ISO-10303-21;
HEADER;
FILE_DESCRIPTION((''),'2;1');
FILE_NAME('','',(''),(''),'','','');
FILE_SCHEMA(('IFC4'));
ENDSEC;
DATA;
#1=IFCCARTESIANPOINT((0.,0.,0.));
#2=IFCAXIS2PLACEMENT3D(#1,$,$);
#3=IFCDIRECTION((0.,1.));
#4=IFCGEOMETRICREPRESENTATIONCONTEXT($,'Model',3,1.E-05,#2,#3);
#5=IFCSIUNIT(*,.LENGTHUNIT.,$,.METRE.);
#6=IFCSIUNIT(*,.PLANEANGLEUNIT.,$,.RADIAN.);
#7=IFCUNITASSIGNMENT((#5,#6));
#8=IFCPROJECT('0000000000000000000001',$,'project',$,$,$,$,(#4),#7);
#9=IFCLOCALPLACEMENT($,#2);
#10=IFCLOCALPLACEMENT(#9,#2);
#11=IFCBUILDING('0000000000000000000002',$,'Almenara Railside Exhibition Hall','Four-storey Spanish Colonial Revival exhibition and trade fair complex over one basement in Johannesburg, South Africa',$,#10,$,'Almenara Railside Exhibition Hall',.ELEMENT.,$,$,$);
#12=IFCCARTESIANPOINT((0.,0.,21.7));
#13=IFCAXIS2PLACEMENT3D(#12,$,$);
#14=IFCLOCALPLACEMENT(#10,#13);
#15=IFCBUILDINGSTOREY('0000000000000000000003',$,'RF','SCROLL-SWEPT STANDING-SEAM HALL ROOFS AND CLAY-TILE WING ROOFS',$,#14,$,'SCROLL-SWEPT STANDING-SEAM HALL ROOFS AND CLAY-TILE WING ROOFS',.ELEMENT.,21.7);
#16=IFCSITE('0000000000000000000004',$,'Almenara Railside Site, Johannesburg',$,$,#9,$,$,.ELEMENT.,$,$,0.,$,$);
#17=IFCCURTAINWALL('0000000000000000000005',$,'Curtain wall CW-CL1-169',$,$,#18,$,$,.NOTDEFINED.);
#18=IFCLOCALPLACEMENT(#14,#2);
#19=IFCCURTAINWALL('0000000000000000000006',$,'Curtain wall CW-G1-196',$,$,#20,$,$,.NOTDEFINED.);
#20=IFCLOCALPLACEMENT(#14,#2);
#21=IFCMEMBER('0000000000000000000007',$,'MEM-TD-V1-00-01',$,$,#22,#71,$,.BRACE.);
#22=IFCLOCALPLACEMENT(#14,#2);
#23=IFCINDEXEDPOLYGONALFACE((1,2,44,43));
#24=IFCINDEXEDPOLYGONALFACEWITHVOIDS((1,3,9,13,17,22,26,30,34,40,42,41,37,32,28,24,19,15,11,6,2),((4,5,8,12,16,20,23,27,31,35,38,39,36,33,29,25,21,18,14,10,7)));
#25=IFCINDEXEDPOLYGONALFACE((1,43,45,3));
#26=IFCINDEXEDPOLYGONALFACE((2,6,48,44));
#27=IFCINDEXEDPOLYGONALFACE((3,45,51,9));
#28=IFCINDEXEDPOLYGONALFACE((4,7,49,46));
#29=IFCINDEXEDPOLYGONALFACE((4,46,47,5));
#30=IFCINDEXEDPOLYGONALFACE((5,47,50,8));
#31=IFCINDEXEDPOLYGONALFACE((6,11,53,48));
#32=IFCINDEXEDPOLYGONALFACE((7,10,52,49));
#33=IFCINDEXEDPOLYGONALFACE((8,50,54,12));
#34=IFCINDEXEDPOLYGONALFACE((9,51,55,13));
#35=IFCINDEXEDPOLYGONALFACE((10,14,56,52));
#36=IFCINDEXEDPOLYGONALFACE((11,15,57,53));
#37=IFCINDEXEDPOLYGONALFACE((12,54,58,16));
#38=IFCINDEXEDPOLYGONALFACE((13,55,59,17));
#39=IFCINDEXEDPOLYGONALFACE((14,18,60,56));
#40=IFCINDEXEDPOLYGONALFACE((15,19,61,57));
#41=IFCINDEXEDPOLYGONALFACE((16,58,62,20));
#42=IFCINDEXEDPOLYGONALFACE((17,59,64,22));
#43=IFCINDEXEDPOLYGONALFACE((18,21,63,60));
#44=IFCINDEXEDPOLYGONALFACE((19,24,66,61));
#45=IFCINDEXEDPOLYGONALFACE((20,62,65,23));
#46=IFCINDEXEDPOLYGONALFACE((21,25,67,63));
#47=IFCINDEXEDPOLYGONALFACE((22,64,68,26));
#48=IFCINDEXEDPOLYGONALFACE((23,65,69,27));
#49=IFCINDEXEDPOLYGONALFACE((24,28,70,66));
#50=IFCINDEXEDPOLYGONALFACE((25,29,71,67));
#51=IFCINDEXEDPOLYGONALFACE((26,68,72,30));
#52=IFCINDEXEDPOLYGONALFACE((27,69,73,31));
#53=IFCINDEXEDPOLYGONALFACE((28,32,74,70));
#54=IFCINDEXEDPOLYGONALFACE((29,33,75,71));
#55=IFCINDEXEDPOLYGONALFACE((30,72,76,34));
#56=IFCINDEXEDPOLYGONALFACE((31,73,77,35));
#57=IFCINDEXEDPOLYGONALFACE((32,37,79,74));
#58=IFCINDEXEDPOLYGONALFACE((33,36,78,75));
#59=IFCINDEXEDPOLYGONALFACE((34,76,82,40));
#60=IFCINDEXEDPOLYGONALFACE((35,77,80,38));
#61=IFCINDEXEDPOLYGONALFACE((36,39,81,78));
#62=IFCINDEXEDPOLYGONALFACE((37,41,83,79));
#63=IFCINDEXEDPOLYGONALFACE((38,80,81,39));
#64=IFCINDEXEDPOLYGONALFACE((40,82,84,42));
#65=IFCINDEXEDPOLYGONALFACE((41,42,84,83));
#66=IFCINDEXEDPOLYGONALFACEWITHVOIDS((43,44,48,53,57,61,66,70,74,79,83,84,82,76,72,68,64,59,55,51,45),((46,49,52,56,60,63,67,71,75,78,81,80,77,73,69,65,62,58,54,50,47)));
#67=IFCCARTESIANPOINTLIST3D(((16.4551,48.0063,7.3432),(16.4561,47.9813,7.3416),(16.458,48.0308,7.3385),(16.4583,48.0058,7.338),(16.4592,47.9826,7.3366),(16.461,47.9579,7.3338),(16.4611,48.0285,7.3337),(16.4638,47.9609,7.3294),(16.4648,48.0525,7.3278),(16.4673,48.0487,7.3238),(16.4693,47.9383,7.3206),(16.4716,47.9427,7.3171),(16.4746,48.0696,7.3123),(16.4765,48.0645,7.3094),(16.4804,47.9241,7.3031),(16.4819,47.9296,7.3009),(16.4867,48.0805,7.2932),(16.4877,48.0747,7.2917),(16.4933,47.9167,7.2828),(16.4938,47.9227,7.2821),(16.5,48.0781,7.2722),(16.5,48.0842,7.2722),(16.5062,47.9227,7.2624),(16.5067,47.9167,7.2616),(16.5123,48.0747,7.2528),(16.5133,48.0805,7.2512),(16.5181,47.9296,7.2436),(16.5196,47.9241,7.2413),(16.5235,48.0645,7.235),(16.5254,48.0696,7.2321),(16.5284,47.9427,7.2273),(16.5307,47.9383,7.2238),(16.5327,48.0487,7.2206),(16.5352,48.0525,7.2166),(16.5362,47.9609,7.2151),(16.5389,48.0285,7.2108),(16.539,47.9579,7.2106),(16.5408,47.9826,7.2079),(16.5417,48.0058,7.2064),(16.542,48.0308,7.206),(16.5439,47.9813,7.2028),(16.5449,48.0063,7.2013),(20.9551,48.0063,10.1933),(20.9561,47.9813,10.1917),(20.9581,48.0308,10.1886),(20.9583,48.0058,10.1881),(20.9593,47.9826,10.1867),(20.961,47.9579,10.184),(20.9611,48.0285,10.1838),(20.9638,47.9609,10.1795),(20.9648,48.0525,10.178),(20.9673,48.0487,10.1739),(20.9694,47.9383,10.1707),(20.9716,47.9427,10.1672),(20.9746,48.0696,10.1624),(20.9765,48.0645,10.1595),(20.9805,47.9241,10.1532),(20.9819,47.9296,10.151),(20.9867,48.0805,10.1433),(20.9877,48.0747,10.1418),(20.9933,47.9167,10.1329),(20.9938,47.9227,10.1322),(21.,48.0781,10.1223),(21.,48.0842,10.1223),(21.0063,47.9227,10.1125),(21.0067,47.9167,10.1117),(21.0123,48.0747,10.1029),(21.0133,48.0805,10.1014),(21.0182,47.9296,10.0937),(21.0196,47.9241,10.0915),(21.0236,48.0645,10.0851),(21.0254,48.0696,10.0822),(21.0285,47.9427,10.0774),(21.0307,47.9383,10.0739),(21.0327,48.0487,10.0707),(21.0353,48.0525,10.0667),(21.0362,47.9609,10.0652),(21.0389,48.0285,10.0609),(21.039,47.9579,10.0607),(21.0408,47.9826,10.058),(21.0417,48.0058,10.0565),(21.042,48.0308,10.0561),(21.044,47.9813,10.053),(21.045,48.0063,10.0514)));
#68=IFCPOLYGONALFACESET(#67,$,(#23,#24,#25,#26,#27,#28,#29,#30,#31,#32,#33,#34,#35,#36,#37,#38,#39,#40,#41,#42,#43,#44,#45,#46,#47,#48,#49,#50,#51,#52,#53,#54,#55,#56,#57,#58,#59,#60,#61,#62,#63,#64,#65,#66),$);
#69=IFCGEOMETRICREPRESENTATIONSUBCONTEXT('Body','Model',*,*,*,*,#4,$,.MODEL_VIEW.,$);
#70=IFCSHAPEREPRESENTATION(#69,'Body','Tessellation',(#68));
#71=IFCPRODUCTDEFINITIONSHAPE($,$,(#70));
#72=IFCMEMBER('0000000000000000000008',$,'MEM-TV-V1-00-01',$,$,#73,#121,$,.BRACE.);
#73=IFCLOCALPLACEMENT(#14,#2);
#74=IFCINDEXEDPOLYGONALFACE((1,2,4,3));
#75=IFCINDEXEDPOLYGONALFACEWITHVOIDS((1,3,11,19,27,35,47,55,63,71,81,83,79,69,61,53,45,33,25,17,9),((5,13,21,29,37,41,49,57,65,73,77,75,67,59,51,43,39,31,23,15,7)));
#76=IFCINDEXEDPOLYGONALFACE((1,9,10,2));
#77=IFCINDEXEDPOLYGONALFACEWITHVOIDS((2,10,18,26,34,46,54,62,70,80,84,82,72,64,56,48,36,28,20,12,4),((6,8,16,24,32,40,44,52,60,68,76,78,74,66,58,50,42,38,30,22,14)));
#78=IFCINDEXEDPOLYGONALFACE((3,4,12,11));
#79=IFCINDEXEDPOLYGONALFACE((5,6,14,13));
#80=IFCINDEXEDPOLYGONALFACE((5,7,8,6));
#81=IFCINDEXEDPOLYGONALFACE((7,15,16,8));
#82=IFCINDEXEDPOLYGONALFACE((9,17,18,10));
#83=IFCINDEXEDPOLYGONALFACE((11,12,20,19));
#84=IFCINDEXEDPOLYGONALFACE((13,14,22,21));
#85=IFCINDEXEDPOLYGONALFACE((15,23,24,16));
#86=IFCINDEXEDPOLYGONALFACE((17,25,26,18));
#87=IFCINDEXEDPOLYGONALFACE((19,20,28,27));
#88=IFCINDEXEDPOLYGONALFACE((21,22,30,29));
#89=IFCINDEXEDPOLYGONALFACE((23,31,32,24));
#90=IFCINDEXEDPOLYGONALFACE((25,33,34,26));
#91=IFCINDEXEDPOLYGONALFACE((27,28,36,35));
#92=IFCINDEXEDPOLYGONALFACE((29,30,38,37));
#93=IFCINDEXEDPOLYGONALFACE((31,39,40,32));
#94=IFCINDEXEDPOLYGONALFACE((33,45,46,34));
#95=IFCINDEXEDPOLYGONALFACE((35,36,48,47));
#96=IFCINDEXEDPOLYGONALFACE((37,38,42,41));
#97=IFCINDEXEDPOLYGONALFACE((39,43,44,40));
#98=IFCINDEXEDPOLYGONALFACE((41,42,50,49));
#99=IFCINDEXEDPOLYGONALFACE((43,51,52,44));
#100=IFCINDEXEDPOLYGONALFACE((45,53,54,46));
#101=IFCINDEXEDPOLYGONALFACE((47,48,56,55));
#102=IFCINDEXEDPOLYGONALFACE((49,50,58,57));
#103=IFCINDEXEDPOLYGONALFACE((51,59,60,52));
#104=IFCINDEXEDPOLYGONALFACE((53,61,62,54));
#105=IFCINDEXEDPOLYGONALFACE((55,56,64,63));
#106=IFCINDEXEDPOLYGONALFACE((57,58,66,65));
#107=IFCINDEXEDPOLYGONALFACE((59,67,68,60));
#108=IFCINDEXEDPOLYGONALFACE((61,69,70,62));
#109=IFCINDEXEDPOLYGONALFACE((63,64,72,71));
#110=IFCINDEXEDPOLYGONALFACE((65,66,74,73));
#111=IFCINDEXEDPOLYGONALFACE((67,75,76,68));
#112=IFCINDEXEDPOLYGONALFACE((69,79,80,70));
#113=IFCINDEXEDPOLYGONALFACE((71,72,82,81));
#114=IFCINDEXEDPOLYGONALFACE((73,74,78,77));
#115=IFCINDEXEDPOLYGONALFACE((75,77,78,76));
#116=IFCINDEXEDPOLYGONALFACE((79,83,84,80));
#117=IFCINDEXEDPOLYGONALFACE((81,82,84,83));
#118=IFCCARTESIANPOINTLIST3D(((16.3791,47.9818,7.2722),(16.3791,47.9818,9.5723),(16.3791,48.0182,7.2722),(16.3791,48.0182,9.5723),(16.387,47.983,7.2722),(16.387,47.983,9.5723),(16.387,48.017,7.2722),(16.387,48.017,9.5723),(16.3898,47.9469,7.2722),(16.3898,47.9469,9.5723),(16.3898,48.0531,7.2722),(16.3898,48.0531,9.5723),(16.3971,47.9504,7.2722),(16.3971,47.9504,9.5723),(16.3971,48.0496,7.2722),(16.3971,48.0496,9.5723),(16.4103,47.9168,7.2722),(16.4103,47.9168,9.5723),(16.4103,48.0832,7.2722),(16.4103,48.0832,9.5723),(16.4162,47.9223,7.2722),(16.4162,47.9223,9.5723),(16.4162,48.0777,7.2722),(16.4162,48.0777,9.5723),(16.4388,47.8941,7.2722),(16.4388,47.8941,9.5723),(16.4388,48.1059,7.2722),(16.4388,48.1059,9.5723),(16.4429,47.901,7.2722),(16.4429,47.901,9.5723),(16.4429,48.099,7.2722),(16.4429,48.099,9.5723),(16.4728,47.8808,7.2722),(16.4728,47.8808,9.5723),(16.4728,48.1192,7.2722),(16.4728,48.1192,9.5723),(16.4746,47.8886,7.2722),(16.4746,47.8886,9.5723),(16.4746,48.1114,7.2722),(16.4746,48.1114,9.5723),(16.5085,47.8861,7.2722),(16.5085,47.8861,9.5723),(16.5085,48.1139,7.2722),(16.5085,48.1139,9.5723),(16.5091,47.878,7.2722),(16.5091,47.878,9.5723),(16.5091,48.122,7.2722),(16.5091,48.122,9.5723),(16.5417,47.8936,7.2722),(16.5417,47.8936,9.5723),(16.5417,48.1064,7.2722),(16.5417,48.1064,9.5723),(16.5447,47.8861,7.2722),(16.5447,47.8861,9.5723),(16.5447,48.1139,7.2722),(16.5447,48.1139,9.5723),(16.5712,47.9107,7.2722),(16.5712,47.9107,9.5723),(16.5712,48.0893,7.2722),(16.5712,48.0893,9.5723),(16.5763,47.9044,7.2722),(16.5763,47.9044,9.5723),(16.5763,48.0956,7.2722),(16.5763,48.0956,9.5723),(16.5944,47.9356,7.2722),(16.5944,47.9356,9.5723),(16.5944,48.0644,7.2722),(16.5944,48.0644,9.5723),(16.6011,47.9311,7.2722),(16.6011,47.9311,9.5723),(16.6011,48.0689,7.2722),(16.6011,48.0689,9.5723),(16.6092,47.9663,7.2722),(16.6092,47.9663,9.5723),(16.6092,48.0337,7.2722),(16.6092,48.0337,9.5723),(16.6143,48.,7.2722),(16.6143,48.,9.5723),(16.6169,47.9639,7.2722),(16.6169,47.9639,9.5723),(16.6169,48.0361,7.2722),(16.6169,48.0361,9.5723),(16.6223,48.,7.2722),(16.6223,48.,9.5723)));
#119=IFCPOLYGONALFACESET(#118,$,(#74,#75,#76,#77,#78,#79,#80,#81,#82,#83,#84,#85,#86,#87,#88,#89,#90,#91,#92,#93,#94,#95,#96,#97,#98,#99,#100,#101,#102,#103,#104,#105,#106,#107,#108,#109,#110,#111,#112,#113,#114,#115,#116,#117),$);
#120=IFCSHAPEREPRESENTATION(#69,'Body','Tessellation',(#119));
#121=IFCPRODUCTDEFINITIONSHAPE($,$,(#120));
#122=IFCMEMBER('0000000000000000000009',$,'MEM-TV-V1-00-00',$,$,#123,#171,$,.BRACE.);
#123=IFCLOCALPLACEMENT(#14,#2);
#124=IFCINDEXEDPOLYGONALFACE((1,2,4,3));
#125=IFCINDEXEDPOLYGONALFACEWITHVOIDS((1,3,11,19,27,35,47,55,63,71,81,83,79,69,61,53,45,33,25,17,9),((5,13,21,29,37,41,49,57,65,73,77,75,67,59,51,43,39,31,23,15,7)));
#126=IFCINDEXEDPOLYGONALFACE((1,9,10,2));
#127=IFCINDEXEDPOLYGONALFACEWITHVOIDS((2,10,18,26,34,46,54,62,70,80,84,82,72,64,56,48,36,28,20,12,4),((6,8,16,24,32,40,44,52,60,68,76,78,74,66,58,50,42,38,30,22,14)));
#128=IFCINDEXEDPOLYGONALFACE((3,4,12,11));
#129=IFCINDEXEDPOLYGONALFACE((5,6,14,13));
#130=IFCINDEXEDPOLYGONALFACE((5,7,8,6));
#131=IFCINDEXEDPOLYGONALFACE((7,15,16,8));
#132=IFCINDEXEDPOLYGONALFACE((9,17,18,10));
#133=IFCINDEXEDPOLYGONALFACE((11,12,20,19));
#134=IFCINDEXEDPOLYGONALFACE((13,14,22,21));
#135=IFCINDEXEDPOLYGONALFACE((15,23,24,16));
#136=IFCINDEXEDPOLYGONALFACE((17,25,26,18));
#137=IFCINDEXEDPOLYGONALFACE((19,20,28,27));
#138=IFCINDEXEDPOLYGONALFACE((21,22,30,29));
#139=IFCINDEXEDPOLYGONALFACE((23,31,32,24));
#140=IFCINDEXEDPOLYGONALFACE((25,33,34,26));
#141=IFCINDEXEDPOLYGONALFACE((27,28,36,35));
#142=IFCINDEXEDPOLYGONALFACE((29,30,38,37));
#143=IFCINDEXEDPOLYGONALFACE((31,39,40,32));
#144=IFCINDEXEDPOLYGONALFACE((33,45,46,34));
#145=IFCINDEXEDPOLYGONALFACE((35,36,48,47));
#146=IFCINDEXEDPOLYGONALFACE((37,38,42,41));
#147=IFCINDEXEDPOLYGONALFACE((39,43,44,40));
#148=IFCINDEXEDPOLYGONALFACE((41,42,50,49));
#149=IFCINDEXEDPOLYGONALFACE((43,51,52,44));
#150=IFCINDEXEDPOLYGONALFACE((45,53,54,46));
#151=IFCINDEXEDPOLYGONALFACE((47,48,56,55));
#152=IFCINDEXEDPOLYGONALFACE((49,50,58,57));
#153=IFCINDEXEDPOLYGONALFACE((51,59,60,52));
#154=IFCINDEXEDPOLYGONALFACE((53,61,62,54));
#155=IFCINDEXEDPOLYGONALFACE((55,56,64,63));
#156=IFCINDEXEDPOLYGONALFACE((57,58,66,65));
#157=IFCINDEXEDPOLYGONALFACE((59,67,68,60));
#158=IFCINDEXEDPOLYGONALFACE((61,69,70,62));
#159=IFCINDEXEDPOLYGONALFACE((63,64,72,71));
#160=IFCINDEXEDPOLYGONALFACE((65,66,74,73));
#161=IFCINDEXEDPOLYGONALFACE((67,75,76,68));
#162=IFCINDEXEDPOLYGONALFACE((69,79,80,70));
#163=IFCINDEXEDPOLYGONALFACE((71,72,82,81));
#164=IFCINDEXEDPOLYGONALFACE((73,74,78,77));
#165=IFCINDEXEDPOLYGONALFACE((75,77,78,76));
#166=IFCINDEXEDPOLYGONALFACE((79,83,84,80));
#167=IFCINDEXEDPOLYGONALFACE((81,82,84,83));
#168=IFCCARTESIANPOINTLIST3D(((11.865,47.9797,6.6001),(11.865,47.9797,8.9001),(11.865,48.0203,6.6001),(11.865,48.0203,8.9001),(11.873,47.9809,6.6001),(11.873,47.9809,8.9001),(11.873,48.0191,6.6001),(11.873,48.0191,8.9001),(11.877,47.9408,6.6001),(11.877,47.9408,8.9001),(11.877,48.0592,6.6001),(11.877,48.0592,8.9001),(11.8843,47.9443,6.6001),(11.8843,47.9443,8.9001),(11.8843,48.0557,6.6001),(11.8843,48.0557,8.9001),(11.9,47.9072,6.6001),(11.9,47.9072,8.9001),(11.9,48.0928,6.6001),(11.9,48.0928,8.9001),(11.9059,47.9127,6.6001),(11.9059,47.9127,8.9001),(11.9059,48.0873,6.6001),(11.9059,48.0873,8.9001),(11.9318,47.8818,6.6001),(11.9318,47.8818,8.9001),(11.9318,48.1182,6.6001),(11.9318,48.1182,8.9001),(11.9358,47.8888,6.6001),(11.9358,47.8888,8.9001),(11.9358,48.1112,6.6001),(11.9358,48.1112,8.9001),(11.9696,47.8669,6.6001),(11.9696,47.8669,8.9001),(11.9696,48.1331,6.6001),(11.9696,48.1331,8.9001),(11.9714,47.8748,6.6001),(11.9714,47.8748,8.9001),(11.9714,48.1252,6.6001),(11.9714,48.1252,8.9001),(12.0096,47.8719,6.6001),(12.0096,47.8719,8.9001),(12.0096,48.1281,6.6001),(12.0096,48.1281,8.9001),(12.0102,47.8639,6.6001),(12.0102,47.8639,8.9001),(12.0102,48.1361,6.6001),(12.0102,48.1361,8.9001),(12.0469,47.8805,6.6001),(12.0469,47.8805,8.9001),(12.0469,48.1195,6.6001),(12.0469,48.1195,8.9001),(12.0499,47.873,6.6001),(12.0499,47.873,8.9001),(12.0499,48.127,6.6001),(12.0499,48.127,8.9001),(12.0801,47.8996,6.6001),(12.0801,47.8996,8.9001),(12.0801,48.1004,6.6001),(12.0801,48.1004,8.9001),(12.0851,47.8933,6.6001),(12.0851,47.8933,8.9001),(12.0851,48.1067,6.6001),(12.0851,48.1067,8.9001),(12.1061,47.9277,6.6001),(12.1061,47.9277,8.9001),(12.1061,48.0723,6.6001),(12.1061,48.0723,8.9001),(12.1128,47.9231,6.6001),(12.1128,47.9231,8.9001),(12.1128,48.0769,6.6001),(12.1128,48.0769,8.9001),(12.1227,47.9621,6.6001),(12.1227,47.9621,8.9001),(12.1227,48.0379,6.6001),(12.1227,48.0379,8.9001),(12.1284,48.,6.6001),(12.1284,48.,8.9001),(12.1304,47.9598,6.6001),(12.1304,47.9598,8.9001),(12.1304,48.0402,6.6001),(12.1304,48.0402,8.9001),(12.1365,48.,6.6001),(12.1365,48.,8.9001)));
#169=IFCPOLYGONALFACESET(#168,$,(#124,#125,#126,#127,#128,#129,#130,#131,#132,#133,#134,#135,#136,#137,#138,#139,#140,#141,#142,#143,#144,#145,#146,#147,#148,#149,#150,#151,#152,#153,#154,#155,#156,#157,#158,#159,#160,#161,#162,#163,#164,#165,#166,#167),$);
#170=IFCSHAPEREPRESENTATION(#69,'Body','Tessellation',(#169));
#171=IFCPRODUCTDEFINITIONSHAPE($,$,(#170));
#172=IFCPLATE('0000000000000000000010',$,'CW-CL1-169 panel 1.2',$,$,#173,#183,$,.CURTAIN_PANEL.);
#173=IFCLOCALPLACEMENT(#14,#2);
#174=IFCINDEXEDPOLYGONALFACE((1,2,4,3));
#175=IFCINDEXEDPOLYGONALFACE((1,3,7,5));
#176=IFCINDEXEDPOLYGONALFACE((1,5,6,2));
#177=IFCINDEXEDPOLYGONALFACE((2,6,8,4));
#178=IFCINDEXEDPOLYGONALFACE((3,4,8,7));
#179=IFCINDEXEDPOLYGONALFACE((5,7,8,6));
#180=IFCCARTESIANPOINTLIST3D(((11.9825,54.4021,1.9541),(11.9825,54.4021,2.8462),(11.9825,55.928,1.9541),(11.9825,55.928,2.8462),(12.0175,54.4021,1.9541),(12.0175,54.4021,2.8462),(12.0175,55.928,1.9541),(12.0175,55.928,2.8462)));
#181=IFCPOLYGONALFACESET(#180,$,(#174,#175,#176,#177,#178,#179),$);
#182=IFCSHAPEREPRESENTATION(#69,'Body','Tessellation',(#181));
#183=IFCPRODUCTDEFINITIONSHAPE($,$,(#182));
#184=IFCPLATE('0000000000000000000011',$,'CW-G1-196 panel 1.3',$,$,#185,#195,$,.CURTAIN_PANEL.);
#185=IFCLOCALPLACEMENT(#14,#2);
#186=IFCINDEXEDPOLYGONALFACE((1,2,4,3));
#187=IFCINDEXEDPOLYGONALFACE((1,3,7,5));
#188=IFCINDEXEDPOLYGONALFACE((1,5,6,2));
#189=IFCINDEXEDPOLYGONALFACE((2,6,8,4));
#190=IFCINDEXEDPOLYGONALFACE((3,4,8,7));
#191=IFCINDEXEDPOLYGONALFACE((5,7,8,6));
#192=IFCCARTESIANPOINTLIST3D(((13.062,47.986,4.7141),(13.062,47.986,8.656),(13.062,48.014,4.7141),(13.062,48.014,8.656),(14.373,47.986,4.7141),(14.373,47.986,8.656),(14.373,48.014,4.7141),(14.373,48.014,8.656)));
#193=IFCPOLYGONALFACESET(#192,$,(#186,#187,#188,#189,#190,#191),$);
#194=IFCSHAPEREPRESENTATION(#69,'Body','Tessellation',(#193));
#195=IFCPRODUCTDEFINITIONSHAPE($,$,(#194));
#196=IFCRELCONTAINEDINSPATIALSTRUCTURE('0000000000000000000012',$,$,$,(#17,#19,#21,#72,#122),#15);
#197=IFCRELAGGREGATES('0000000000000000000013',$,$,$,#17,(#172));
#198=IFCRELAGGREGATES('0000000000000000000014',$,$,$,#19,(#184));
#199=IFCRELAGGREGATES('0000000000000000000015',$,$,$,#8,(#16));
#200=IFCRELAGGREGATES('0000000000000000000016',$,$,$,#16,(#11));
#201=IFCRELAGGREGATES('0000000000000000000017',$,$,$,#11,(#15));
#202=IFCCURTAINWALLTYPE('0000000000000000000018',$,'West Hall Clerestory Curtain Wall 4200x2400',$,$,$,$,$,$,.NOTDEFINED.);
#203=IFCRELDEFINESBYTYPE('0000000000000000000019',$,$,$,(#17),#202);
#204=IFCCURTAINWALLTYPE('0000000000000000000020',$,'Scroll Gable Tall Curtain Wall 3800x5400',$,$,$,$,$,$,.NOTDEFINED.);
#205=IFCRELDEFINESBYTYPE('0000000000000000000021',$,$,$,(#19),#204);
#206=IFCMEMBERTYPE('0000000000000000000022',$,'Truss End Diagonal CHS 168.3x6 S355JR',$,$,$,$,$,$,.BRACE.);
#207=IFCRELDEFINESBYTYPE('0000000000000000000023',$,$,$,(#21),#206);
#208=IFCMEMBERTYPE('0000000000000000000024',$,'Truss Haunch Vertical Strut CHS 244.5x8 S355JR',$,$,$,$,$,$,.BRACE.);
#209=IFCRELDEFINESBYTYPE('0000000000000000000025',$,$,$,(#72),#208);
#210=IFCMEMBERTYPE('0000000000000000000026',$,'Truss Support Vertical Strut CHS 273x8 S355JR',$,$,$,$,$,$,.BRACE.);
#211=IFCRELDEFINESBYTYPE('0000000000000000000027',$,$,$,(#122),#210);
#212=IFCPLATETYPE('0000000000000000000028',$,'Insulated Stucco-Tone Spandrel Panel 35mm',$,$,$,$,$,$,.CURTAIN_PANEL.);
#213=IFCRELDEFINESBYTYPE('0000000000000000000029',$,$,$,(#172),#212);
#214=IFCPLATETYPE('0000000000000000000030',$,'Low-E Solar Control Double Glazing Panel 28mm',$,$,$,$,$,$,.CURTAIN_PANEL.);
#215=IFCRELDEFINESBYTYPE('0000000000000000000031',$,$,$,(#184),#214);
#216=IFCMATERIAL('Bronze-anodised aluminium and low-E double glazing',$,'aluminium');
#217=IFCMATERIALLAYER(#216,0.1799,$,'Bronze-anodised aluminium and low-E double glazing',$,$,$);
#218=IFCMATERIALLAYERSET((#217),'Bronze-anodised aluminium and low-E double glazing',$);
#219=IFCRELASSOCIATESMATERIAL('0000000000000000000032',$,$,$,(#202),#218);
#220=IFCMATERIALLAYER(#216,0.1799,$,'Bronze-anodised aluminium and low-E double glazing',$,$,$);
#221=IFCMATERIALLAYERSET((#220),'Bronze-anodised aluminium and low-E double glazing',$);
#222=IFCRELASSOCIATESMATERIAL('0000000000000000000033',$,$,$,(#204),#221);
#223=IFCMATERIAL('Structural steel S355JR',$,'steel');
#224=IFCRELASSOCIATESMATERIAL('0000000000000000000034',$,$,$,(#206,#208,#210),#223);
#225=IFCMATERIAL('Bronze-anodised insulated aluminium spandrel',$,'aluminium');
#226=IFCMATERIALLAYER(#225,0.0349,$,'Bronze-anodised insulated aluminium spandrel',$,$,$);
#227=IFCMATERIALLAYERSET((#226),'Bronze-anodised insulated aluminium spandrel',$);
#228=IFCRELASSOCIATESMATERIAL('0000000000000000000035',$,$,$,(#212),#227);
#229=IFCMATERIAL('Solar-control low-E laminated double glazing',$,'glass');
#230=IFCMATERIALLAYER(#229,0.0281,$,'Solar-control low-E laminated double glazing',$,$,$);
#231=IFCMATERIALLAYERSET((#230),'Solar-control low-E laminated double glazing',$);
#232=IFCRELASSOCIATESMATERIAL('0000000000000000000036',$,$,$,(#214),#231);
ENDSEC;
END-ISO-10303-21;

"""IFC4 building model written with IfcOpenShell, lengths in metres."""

from ifc_helpers import new_model, si_unit, direction, frame, origin, origin_2d, place, context, subcontext, project, spatial, rectangle, hollow_circle, extrude, material, layer, layer_set, material_profile, profile_set, type_object, element, aggregate, save


model = new_model("IFC4")

# Units and contexts
model_context = context("Model", 3, precision=1e-05, world=origin(), true_north=direction((0.0, 1.0)))
body_context = subcontext(model_context, "Body", "Model", "MODEL_VIEW")
ifc_project = project(units=[si_unit("LENGTHUNIT", "METRE"), si_unit("PLANEANGLEUNIT", "RADIAN")], contexts=[model_context])

# Site, building, storey
site_placement = place(None, origin())
site = spatial("IfcSite", under=ifc_project, at=site_placement, Name="Almenara Railside Site, Johannesburg", CompositionType="ELEMENT", RefElevation=0.0)
building_placement = place(site_placement, origin())
building = spatial("IfcBuilding", under=site, at=building_placement, Name="Almenara Railside Exhibition Hall", Description="Four-storey Spanish Colonial Revival exhibition and trade fair complex over one basement in Johannesburg, South Africa", LongName="Almenara Railside Exhibition Hall", CompositionType="ELEMENT")
storey_placement = place(building_placement, frame((0.0, 0.0, 21.7)))
storey = spatial("IfcBuildingStorey", under=building, at=storey_placement, Name="RF", Description="SCROLL-SWEPT STANDING-SEAM HALL ROOFS AND CLAY-TILE WING ROOFS", LongName="SCROLL-SWEPT STANDING-SEAM HALL ROOFS AND CLAY-TILE WING ROOFS", CompositionType="ELEMENT", Elevation=21.7)

# Shared definitions
ifc_material_1 = material(Name="Structural steel S355JR", Category="steel")

# Curtain walls
ifc_material_2 = material(Name="Bronze-anodised aluminium and low-E double glazing", Category="aluminium")
ifc_layer_1 = layer(ifc_material_2, 0.1799, Name="Bronze-anodised aluminium and low-E double glazing")
ifc_layer_set_1 = layer_set([ifc_layer_1], Name="Bronze-anodised aluminium and low-E double glazing")
curtain_wall_type_1 = type_object("IfcCurtainWallType", Name="West Hall Clerestory Curtain Wall 4200x2400", PredefinedType="NOTDEFINED", material=ifc_layer_set_1)
curtain_wall_1_placement = place(storey_placement, origin())
curtain_wall_1 = element("IfcCurtainWall", 1, at=curtain_wall_1_placement, inside=storey, type_object=curtain_wall_type_1, Name="Curtain wall CW-CL1-169", PredefinedType="NOTDEFINED")
ifc_layer_2 = layer(ifc_material_2, 0.1799, Name="Bronze-anodised aluminium and low-E double glazing")
ifc_layer_set_2 = layer_set([ifc_layer_2], Name="Bronze-anodised aluminium and low-E double glazing")
curtain_wall_type_2 = type_object("IfcCurtainWallType", Name="Scroll Gable Tall Curtain Wall 3800x5400", PredefinedType="NOTDEFINED", material=ifc_layer_set_2)
curtain_wall_2_placement = place(storey_placement, origin())
curtain_wall_2 = element("IfcCurtainWall", 2, at=curtain_wall_2_placement, inside=storey, type_object=curtain_wall_type_2, Name="Curtain wall CW-G1-196", PredefinedType="NOTDEFINED")

# Members
ifc_material_profile_1 = material_profile(ifc_material_1, hollow_circle(Radius=0.0842, WallThickness=0.0061, at=origin_2d()), Name="CHS 168.3x6")
ifc_profile_set_1 = profile_set([ifc_material_profile_1], Name="Structural steel S355JR")
member_type_1 = type_object("IfcMemberType", Name="Truss End Diagonal CHS 168.3x6 S355JR", PredefinedType="BRACE", material=ifc_profile_set_1)
member_1_placement = place(storey_placement, frame((16.5, 48.0, 7.2722), z_axis=(0.844811, 0.0, 0.535065), x_axis=(0.0, 1.0, 0.0)))
element("IfcMember", 3, at=member_1_placement, inside=storey, type_object=member_type_1, Name="MEM-TD-V1-00-01", PredefinedType="BRACE", context=body_context, shape_type="SweptSolid", body=[
    extrude(hollow_circle(Radius=0.0842, WallThickness=0.0061, at=origin_2d()), origin(), (0.0, 0.0, 1.0), 5.3267),
])
ifc_material_profile_2 = material_profile(ifc_material_1, hollow_circle(Radius=0.1223, WallThickness=0.0081, at=origin_2d()), Name="CHS 244.5x8")
ifc_profile_set_2 = profile_set([ifc_material_profile_2], Name="Structural steel S355JR")
member_type_2 = type_object("IfcMemberType", Name="Truss Haunch Vertical Strut CHS 244.5x8 S355JR", PredefinedType="BRACE", material=ifc_profile_set_2)
member_2_placement = place(storey_placement, frame((16.5, 48.0, 7.2722), z_axis=(0.0, 0.0, 1.0), x_axis=(1.0, 0.0, 0.0)))
element("IfcMember", 4, at=member_2_placement, inside=storey, type_object=member_type_2, Name="MEM-TV-V1-00-01", PredefinedType="BRACE", context=body_context, shape_type="SweptSolid", body=[
    extrude(hollow_circle(Radius=0.1223, WallThickness=0.0081, at=origin_2d()), origin(), (0.0, 0.0, 1.0), 2.3),
])
ifc_material_profile_3 = material_profile(ifc_material_1, hollow_circle(Radius=0.1365, WallThickness=0.0081, at=origin_2d()), Name="CHS 273x8")
ifc_profile_set_3 = profile_set([ifc_material_profile_3], Name="Structural steel S355JR")
member_type_3 = type_object("IfcMemberType", Name="Truss Support Vertical Strut CHS 273x8 S355JR", PredefinedType="BRACE", material=ifc_profile_set_3)
member_3_placement = place(storey_placement, frame((12.0, 48.0, 6.6001), z_axis=(0.0, 0.0, 1.0), x_axis=(1.0, 0.0, 0.0)))
element("IfcMember", 5, at=member_3_placement, inside=storey, type_object=member_type_3, Name="MEM-TV-V1-00-00", PredefinedType="BRACE", context=body_context, shape_type="SweptSolid", body=[
    extrude(hollow_circle(Radius=0.1365, WallThickness=0.0081, at=origin_2d()), origin(), (0.0, 0.0, 1.0), 2.3),
])

# Plates
ifc_material_3 = material(Name="Bronze-anodised insulated aluminium spandrel", Category="aluminium")
ifc_layer_3 = layer(ifc_material_3, 0.0349, Name="Bronze-anodised insulated aluminium spandrel")
ifc_layer_set_3 = layer_set([ifc_layer_3], Name="Bronze-anodised insulated aluminium spandrel")
plate_type_1 = type_object("IfcPlateType", Name="Insulated Stucco-Tone Spandrel Panel 35mm", PredefinedType="CURTAIN_PANEL", material=ifc_layer_set_3)
plate_1_placement = place(storey_placement, frame((12.0, 55.165, 1.9541), z_axis=(0.0, 0.0, 1.0), x_axis=(0.0, 1.0, 0.0)))
plate_1 = element("IfcPlate", 6, at=plate_1_placement, type_object=plate_type_1, Name="CW-CL1-169 panel 1.2", PredefinedType="CURTAIN_PANEL", context=body_context, shape_type="SweptSolid", body=[
    extrude(rectangle(XDim=1.5259, YDim=0.0349, at=origin_2d()), origin(), (0.0, 0.0, 1.0), 0.8921),
])
aggregate(curtain_wall_1, [plate_1])
ifc_material_4 = material(Name="Solar-control low-E laminated double glazing", Category="glass")
ifc_layer_4 = layer(ifc_material_4, 0.0281, Name="Solar-control low-E laminated double glazing")
ifc_layer_set_4 = layer_set([ifc_layer_4], Name="Solar-control low-E laminated double glazing")
plate_type_2 = type_object("IfcPlateType", Name="Low-E Solar Control Double Glazing Panel 28mm", PredefinedType="CURTAIN_PANEL", material=ifc_layer_set_4)
plate_2_placement = place(storey_placement, frame((13.7175, 48.0, 4.7141), z_axis=(0.0, 0.0, 1.0), x_axis=(1.0, 0.0, 0.0)))
plate_2 = element("IfcPlate", 7, at=plate_2_placement, type_object=plate_type_2, Name="CW-G1-196 panel 1.3", PredefinedType="CURTAIN_PANEL", context=body_context, shape_type="SweptSolid", body=[
    extrude(rectangle(XDim=1.311, YDim=0.0281, at=origin_2d()), origin(), (0.0, 0.0, 1.0), 3.9419),
])
aggregate(curtain_wall_2, [plate_2])

save(model, "model.ifc")
